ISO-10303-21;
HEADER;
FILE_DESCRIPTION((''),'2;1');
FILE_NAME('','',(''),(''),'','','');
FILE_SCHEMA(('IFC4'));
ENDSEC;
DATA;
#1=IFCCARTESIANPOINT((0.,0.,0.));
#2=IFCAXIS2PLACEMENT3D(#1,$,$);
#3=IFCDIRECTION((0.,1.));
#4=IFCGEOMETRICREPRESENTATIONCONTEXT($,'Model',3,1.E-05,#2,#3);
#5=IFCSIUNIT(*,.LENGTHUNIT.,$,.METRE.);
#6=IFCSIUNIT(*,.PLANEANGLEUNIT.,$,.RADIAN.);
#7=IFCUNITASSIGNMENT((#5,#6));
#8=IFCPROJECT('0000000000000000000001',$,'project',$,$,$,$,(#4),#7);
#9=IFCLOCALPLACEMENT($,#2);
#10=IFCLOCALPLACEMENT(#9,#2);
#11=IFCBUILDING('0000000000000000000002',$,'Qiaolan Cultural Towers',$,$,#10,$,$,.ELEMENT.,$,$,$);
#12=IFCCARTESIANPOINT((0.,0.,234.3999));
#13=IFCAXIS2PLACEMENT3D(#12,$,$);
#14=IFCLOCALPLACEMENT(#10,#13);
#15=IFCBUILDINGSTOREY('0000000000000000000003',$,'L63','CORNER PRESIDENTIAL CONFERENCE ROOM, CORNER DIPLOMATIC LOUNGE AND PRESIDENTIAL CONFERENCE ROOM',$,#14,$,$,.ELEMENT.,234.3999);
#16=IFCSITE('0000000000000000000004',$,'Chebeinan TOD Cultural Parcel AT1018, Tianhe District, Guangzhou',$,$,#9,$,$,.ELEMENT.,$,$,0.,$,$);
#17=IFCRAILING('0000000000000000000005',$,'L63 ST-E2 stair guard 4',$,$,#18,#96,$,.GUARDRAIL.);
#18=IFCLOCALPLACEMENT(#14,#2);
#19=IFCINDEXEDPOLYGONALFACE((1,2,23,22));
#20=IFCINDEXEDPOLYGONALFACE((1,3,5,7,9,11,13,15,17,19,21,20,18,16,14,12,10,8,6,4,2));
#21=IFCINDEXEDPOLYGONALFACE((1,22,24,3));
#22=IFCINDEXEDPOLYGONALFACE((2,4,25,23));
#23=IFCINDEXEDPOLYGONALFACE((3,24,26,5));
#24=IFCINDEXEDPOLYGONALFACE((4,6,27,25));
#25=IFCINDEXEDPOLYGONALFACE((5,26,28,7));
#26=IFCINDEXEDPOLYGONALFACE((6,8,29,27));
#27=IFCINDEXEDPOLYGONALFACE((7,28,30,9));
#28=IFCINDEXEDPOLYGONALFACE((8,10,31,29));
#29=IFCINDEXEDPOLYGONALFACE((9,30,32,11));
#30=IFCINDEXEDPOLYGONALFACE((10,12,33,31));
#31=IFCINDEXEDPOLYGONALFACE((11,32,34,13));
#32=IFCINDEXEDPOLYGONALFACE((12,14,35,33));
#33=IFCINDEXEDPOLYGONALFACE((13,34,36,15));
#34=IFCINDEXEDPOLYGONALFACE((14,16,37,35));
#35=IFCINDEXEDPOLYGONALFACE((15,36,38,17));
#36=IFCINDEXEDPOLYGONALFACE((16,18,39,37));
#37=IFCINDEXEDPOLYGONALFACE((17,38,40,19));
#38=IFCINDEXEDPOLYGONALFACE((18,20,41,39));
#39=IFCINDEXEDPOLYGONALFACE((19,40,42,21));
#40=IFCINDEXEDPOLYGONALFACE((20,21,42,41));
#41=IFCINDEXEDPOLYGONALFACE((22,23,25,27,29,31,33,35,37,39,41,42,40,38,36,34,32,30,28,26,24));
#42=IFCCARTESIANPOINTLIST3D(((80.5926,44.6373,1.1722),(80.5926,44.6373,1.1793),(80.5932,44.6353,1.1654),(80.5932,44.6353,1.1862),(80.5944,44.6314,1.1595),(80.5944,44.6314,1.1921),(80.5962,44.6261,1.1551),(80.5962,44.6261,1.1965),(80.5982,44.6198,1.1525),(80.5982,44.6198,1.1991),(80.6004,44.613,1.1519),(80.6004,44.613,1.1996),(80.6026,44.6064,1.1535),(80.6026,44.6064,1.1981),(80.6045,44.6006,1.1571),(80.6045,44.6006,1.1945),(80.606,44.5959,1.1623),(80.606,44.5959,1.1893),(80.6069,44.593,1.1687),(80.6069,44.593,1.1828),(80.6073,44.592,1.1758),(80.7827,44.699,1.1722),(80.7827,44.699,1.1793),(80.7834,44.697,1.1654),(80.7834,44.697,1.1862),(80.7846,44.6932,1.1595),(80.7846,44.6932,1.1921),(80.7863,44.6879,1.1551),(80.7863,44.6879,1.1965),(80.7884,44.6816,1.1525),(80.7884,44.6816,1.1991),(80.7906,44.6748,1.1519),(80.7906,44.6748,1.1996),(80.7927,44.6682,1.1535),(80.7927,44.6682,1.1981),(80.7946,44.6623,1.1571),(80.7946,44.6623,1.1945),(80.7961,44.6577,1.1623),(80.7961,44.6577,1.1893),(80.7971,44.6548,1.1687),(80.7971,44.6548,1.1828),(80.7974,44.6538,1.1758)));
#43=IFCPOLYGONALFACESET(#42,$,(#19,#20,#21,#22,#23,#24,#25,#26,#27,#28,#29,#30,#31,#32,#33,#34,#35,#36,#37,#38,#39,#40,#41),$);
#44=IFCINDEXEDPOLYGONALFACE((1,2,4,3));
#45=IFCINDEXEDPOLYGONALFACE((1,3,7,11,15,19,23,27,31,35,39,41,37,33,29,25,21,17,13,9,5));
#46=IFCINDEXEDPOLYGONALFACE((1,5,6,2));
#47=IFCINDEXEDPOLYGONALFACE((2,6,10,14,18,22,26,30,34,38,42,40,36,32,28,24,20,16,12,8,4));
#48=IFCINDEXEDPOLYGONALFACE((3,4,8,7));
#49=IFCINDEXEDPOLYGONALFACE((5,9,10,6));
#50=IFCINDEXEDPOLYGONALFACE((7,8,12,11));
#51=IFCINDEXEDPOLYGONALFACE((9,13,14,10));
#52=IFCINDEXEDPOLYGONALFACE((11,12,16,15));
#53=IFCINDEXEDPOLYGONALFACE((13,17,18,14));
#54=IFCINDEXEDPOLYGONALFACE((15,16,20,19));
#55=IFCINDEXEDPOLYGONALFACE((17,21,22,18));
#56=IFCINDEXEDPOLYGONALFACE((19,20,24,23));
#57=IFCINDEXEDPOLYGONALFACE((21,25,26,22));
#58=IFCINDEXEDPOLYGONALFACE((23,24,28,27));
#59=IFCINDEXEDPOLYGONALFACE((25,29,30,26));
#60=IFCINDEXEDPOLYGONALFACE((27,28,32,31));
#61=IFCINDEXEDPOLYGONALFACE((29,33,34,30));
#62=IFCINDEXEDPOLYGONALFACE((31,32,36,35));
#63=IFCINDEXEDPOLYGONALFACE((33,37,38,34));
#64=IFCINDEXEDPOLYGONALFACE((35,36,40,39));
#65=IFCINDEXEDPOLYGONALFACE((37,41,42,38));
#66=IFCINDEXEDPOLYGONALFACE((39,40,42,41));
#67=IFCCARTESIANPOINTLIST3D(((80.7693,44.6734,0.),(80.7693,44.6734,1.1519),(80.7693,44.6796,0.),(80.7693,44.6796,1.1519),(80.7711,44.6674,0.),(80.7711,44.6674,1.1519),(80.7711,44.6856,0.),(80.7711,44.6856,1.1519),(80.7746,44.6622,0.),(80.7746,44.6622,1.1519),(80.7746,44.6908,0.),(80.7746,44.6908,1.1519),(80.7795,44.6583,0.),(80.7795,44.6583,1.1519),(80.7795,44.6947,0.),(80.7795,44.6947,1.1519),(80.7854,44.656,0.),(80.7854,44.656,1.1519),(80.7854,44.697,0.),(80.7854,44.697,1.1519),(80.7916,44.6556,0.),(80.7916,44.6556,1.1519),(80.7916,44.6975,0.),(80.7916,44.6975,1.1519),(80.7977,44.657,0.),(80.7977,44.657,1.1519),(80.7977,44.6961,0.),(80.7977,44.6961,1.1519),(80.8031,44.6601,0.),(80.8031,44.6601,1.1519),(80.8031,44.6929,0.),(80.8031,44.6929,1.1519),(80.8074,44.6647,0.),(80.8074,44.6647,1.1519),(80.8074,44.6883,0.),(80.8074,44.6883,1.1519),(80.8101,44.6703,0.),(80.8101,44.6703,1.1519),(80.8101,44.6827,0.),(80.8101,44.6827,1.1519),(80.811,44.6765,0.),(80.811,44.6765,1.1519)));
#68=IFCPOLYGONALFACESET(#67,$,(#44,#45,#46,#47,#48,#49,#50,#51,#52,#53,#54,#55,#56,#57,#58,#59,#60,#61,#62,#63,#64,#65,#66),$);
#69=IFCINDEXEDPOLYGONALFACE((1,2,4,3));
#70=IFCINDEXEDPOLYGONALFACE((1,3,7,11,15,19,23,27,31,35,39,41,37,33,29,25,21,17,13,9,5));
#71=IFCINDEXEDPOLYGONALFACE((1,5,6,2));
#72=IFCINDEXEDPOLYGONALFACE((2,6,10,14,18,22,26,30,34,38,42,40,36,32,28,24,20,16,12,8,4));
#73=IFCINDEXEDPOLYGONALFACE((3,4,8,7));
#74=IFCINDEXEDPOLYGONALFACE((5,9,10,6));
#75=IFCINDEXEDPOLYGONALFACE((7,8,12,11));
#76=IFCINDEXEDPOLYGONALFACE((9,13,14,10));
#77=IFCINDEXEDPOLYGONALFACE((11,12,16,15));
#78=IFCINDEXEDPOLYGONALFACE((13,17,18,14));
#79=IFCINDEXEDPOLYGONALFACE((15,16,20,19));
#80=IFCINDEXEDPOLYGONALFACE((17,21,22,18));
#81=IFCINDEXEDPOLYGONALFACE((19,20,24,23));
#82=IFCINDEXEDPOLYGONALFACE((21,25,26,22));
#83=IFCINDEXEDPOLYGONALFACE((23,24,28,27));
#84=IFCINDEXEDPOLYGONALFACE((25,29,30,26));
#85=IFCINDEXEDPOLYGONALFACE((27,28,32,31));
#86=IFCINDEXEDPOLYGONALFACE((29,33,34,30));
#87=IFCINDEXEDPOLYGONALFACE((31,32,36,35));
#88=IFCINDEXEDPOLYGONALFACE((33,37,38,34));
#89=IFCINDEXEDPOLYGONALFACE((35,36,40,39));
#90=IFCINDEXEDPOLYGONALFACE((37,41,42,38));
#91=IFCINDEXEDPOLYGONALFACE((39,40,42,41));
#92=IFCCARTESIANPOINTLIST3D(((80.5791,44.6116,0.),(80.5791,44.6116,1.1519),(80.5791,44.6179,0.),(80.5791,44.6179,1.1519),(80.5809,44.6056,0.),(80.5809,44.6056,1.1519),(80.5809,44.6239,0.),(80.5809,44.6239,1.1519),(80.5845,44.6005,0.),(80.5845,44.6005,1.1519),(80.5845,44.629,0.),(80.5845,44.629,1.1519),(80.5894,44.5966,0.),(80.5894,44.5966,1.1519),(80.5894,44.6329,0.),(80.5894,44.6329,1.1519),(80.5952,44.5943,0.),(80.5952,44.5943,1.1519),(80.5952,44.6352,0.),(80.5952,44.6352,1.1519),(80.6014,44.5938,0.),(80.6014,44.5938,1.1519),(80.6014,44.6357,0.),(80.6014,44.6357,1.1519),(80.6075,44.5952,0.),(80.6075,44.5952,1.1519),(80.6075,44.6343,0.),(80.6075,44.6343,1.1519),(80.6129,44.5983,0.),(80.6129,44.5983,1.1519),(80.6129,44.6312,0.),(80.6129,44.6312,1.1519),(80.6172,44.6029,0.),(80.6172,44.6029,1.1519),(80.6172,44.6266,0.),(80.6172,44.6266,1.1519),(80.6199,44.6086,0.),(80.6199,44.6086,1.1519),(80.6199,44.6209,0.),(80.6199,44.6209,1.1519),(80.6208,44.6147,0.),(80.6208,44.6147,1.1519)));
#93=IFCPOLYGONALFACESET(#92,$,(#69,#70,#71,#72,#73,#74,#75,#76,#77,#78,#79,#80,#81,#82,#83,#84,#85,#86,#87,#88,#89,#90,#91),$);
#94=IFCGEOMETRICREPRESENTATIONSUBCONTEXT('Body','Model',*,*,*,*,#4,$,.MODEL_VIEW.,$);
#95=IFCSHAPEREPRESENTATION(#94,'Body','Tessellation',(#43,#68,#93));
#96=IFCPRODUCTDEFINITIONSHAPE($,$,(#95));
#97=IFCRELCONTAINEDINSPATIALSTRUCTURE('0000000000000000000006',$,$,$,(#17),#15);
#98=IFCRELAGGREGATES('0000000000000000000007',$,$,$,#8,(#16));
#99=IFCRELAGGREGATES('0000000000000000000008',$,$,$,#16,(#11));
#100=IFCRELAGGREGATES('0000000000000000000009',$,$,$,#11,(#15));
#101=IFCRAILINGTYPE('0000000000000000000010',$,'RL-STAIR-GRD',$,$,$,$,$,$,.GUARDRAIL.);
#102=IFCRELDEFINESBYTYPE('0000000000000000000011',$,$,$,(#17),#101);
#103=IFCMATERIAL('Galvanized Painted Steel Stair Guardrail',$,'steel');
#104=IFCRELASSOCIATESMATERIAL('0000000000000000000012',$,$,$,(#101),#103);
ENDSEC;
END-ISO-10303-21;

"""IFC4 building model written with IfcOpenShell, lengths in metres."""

from ifc_helpers import new_model, si_unit, direction, frame, origin, origin_2d, place, context, subcontext, project, spatial, circle, extrude, material, type_object, element, save


model = new_model("IFC4")

# Units and contexts
model_context = context("Model", 3, precision=1e-05, world=origin(), true_north=direction((0.0, 1.0)))
body_context = subcontext(model_context, "Body", "Model", "MODEL_VIEW")
ifc_project = project(units=[si_unit("LENGTHUNIT", "METRE"), si_unit("PLANEANGLEUNIT", "RADIAN")], contexts=[model_context])

# Site, building, storey
site_placement = place(None, origin())
site = spatial("IfcSite", under=ifc_project, at=site_placement, Name="Chebeinan TOD Cultural Parcel AT1018, Tianhe District, Guangzhou", CompositionType="ELEMENT", RefElevation=0.0)
building_placement = place(site_placement, origin())
building = spatial("IfcBuilding", under=site, at=building_placement, Name="Qiaolan Cultural Towers", CompositionType="ELEMENT")
storey_placement = place(building_placement, frame((0.0, 0.0, 234.3999)))
storey = spatial("IfcBuildingStorey", under=building, at=storey_placement, Name="L63", Description="CORNER PRESIDENTIAL CONFERENCE ROOM, CORNER DIPLOMATIC LOUNGE AND PRESIDENTIAL CONFERENCE ROOM", CompositionType="ELEMENT", Elevation=234.3999)

# Railing
ifc_material_1 = material(Name="Galvanized Painted Steel Stair Guardrail", Category="steel")
railing_type_1 = type_object("IfcRailingType", Name="RL-STAIR-GRD", PredefinedType="GUARDRAIL", material=ifc_material_1)
railing_1_placement = place(storey_placement, frame((80.79, 44.6765, 0.0)))
element("IfcRailing", 1, at=railing_1_placement, inside=storey, type_object=railing_type_1, Name="L63 ST-E2 stair guard 4", PredefinedType="GUARDRAIL", context=body_context, shape_type="SweptSolid", body=[
    extrude(circle(Radius=0.0239, at=origin_2d()), frame((0.0, 0.0, 1.1758), z_axis=(-0.951097, -0.308893, 0.0), x_axis=(0.308893, -0.951097, 0.0)), (0.0, 0.0, 1.0), 0.2),
    extrude(circle(Radius=0.021, at=origin_2d()), origin(), (0.0, 0.0, 1.0), 1.1519),
    extrude(circle(Radius=0.021, at=origin_2d()), frame((-0.1902, -0.0618, 0.0)), (0.0, 0.0, 1.0), 1.1519),
])

save(model, "model.ifc")
